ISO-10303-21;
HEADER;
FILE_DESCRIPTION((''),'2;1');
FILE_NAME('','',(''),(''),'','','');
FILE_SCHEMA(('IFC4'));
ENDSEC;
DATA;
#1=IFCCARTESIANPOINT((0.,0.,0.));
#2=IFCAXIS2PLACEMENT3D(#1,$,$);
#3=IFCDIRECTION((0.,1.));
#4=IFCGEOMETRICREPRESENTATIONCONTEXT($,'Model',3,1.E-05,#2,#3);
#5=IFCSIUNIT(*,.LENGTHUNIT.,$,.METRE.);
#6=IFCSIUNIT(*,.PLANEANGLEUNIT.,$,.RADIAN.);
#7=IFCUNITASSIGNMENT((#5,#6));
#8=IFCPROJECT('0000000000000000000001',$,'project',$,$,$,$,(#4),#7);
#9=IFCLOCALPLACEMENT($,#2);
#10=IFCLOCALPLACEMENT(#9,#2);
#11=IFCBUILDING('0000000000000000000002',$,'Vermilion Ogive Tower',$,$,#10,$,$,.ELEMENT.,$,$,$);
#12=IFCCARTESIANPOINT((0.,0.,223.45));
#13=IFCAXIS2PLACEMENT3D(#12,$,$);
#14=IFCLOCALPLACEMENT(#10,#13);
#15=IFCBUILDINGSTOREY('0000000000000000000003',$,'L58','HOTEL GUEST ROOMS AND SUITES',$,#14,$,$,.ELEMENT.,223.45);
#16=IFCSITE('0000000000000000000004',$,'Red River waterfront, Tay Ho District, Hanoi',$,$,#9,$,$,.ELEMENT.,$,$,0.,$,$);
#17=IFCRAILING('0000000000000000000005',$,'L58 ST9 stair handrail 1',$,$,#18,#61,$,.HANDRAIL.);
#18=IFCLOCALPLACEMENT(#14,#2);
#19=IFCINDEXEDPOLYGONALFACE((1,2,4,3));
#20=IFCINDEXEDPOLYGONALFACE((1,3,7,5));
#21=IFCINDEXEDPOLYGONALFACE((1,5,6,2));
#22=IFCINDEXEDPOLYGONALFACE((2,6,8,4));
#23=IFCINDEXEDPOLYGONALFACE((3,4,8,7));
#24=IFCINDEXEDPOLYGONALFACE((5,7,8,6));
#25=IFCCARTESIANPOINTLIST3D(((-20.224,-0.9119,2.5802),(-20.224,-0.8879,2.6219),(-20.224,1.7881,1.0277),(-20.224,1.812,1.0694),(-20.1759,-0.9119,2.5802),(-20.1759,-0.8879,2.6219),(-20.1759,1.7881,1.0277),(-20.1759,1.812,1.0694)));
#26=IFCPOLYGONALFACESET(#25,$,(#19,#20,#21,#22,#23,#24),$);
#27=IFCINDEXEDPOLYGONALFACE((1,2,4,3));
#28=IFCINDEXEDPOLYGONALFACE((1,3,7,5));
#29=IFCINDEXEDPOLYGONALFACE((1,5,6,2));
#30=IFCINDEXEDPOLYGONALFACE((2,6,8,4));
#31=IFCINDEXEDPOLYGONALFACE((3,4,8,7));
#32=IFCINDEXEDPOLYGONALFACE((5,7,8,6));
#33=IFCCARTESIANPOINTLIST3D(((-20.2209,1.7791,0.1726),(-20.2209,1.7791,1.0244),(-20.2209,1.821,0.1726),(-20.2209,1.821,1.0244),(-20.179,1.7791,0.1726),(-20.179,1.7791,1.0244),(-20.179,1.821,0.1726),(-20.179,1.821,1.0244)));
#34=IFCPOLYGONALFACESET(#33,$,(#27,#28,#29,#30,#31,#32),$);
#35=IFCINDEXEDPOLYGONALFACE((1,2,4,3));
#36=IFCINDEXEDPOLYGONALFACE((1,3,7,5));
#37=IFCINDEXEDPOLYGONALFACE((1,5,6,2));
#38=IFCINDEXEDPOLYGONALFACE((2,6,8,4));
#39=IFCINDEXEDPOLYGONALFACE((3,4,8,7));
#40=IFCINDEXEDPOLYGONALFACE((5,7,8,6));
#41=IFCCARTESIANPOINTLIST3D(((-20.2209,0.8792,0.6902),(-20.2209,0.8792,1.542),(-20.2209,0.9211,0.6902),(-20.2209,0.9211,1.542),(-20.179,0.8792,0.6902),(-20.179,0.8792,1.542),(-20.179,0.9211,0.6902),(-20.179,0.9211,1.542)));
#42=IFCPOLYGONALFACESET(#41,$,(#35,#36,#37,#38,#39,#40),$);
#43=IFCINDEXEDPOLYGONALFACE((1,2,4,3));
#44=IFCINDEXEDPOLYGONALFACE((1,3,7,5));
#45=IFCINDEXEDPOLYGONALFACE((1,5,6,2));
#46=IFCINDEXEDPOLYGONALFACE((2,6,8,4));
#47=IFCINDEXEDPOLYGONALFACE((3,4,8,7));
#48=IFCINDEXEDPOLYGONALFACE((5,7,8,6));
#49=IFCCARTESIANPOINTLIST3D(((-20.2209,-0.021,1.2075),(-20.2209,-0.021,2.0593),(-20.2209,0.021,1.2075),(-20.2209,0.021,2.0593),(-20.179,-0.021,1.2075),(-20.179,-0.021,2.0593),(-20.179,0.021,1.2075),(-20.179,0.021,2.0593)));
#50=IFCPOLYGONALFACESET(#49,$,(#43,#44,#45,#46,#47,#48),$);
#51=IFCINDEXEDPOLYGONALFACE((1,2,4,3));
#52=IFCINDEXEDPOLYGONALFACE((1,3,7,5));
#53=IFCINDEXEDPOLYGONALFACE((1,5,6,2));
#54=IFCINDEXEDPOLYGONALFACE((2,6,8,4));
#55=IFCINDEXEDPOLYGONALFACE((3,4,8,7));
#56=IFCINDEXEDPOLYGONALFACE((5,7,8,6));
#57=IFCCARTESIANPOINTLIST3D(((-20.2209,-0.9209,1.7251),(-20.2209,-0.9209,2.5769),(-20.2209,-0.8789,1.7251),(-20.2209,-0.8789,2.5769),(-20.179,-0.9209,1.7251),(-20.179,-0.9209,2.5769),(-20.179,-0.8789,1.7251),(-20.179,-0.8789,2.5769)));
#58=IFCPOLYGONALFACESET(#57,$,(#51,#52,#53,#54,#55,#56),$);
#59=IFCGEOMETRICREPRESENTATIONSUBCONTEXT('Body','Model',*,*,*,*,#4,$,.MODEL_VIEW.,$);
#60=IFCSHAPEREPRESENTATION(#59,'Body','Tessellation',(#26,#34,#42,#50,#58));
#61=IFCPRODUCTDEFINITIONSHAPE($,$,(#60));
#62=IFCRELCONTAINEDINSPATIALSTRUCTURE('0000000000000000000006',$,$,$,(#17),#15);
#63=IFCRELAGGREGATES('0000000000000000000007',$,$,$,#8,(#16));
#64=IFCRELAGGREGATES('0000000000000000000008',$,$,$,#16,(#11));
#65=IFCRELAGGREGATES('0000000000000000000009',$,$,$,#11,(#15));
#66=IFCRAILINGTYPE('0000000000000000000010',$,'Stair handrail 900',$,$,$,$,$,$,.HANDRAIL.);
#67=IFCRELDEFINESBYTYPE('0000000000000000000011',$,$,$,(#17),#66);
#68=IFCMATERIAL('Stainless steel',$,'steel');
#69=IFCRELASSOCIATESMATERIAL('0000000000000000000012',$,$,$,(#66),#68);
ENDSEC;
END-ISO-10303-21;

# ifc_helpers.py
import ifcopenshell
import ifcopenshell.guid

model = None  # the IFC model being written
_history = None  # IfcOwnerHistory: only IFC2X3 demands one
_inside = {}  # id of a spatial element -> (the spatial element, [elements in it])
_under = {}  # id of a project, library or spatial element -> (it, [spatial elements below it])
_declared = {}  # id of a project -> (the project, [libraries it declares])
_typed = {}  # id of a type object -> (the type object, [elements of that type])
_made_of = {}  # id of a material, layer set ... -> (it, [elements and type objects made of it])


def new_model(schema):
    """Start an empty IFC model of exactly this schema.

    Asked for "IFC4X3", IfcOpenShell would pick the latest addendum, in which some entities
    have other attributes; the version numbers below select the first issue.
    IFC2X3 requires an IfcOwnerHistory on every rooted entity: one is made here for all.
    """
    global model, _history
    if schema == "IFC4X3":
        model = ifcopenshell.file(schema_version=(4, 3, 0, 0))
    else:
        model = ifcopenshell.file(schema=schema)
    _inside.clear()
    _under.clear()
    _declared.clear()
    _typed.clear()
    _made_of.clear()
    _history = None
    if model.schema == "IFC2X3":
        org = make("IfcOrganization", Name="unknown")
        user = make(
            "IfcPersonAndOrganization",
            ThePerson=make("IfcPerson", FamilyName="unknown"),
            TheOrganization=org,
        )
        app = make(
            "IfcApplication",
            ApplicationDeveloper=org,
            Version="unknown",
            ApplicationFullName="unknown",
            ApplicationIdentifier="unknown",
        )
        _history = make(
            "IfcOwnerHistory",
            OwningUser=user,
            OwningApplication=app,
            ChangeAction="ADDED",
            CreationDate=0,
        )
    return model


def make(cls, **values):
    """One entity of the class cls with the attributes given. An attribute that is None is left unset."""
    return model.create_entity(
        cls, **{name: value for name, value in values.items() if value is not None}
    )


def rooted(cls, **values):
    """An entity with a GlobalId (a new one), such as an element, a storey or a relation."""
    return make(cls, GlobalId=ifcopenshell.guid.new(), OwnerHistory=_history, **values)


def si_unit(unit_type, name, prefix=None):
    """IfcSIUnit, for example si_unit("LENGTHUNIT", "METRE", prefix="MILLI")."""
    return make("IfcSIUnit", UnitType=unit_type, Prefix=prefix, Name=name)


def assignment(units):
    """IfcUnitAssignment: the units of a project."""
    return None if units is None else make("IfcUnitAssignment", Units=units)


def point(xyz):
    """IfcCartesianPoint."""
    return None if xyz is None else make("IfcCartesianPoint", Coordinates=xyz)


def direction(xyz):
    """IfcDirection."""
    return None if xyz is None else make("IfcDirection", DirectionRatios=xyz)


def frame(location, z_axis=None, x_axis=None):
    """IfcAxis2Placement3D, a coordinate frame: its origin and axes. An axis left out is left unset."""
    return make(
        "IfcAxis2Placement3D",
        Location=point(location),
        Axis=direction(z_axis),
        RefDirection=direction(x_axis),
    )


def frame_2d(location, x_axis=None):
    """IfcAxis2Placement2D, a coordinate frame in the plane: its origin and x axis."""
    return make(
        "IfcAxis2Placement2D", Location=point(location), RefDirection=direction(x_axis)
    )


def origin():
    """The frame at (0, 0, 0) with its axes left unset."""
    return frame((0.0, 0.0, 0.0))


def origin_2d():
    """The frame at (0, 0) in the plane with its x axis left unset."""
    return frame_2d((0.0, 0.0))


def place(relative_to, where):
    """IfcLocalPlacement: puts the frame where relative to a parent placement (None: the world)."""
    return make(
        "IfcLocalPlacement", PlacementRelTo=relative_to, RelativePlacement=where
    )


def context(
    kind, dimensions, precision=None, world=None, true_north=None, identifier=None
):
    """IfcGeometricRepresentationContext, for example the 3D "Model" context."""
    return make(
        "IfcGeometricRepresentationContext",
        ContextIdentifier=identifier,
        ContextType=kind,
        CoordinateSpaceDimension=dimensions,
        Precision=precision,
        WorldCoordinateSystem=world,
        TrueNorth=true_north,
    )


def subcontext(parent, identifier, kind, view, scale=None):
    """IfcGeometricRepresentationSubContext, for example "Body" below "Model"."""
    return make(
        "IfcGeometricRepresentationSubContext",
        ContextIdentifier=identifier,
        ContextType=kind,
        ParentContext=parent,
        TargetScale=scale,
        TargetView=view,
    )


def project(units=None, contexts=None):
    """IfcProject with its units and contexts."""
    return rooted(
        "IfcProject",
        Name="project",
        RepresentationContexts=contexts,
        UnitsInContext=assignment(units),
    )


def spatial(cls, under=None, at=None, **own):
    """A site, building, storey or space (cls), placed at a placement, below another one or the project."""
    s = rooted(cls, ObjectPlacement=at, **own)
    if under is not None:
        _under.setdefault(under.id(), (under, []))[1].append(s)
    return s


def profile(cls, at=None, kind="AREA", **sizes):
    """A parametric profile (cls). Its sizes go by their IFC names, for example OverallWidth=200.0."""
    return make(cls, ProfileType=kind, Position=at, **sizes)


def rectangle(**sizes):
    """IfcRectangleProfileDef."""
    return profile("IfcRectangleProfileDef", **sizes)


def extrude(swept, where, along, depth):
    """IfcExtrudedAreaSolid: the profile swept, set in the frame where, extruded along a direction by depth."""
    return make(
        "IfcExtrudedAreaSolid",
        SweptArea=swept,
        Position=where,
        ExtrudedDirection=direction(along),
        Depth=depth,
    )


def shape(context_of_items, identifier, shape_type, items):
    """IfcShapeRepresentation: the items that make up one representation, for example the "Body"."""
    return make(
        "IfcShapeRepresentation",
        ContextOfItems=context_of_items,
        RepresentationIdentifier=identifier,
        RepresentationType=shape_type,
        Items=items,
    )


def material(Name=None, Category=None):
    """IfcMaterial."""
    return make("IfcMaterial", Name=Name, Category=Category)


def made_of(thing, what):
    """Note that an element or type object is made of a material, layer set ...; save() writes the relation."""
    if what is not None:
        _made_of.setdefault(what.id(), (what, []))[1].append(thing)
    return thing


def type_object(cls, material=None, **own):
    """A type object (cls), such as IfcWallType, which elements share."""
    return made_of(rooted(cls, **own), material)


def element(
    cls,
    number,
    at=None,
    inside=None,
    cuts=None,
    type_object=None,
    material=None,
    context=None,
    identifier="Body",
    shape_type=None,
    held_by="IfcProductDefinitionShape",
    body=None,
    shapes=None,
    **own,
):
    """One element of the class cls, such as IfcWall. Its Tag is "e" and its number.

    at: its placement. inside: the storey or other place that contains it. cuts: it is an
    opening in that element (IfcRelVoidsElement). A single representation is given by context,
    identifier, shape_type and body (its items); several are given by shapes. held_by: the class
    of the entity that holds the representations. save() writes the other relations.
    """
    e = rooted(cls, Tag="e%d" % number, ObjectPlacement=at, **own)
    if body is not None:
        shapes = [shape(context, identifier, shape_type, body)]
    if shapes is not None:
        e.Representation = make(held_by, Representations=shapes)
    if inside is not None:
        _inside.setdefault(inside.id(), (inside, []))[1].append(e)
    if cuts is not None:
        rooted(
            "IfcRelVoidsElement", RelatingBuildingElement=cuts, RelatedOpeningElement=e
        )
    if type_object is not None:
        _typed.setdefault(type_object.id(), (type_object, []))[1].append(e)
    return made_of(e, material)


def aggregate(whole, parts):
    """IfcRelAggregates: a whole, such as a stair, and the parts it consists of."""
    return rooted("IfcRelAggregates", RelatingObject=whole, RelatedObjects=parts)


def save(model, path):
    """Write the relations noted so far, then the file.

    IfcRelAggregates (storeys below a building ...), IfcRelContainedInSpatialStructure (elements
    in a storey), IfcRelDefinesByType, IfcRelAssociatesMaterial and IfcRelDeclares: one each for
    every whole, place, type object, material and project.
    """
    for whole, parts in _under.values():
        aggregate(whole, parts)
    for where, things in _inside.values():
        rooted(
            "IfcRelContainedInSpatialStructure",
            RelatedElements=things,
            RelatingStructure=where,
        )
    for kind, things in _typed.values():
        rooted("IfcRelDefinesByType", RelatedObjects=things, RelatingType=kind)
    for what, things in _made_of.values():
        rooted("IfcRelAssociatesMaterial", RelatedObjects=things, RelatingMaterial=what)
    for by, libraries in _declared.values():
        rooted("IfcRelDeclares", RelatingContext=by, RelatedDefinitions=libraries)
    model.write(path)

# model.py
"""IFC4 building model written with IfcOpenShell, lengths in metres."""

from ifc_helpers import new_model, si_unit, direction, frame, origin, origin_2d, place, context, subcontext, project, spatial, rectangle, extrude, material, type_object, element, save


model = new_model("IFC4")

# Units and contexts
model_context = context("Model", 3, precision=1e-05, world=origin(), true_north=direction((0.0, 1.0)))
body_context = subcontext(model_context, "Body", "Model", "MODEL_VIEW")
ifc_project = project(units=[si_unit("LENGTHUNIT", "METRE"), si_unit("PLANEANGLEUNIT", "RADIAN")], contexts=[model_context])

# Site, building, storey
site_placement = place(None, origin())
site = spatial("IfcSite", under=ifc_project, at=site_placement, Name="Red River waterfront, Tay Ho District, Hanoi", CompositionType="ELEMENT", RefElevation=0.0)
building_placement = place(site_placement, origin())
building = spatial("IfcBuilding", under=site, at=building_placement, Name="Vermilion Ogive Tower", CompositionType="ELEMENT")
storey_placement = place(building_placement, frame((0.0, 0.0, 223.45)))
storey = spatial("IfcBuildingStorey", under=building, at=storey_placement, Name="L58", Description="HOTEL GUEST ROOMS AND SUITES", CompositionType="ELEMENT", Elevation=223.45)

# Railing
ifc_material_1 = material(Name="Stainless steel", Category="steel")
railing_type_1 = type_object("IfcRailingType", Name="Stair handrail 900", PredefinedType="HANDRAIL", material=ifc_material_1)
railing_1_placement = place(storey_placement, frame((-20.2, 1.8, 0.1726)))
element("IfcRailing", 1, at=railing_1_placement, inside=storey, type_object=railing_type_1, Name="L58 ST9 stair handrail 1", PredefinedType="HANDRAIL", context=body_context, shape_type="SweptSolid", body=[
    extrude(rectangle(XDim=0.0481, YDim=0.0481, at=origin_2d()), frame((0.0, 0.0, 0.876), z_axis=(0.0, -0.866904, 0.498476), x_axis=(1.0, 0.0, 0.0)), (0.0, 0.0, 1.0), 3.1145),
    extrude(rectangle(XDim=0.042, YDim=0.042, at=origin_2d()), origin(), (0.0, 0.0, 1.0), 0.8518),
    extrude(rectangle(XDim=0.042, YDim=0.042, at=origin_2d()), frame((0.0, -0.8999, 0.5176)), (0.0, 0.0, 1.0), 0.8518),
    extrude(rectangle(XDim=0.042, YDim=0.042, at=origin_2d()), frame((0.0, -1.8, 1.0349)), (0.0, 0.0, 1.0), 0.8518),
    extrude(rectangle(XDim=0.042, YDim=0.042, at=origin_2d()), frame((0.0, -2.7, 1.5525)), (0.0, 0.0, 1.0), 0.8518),
])

save(model, "model.ifc")
